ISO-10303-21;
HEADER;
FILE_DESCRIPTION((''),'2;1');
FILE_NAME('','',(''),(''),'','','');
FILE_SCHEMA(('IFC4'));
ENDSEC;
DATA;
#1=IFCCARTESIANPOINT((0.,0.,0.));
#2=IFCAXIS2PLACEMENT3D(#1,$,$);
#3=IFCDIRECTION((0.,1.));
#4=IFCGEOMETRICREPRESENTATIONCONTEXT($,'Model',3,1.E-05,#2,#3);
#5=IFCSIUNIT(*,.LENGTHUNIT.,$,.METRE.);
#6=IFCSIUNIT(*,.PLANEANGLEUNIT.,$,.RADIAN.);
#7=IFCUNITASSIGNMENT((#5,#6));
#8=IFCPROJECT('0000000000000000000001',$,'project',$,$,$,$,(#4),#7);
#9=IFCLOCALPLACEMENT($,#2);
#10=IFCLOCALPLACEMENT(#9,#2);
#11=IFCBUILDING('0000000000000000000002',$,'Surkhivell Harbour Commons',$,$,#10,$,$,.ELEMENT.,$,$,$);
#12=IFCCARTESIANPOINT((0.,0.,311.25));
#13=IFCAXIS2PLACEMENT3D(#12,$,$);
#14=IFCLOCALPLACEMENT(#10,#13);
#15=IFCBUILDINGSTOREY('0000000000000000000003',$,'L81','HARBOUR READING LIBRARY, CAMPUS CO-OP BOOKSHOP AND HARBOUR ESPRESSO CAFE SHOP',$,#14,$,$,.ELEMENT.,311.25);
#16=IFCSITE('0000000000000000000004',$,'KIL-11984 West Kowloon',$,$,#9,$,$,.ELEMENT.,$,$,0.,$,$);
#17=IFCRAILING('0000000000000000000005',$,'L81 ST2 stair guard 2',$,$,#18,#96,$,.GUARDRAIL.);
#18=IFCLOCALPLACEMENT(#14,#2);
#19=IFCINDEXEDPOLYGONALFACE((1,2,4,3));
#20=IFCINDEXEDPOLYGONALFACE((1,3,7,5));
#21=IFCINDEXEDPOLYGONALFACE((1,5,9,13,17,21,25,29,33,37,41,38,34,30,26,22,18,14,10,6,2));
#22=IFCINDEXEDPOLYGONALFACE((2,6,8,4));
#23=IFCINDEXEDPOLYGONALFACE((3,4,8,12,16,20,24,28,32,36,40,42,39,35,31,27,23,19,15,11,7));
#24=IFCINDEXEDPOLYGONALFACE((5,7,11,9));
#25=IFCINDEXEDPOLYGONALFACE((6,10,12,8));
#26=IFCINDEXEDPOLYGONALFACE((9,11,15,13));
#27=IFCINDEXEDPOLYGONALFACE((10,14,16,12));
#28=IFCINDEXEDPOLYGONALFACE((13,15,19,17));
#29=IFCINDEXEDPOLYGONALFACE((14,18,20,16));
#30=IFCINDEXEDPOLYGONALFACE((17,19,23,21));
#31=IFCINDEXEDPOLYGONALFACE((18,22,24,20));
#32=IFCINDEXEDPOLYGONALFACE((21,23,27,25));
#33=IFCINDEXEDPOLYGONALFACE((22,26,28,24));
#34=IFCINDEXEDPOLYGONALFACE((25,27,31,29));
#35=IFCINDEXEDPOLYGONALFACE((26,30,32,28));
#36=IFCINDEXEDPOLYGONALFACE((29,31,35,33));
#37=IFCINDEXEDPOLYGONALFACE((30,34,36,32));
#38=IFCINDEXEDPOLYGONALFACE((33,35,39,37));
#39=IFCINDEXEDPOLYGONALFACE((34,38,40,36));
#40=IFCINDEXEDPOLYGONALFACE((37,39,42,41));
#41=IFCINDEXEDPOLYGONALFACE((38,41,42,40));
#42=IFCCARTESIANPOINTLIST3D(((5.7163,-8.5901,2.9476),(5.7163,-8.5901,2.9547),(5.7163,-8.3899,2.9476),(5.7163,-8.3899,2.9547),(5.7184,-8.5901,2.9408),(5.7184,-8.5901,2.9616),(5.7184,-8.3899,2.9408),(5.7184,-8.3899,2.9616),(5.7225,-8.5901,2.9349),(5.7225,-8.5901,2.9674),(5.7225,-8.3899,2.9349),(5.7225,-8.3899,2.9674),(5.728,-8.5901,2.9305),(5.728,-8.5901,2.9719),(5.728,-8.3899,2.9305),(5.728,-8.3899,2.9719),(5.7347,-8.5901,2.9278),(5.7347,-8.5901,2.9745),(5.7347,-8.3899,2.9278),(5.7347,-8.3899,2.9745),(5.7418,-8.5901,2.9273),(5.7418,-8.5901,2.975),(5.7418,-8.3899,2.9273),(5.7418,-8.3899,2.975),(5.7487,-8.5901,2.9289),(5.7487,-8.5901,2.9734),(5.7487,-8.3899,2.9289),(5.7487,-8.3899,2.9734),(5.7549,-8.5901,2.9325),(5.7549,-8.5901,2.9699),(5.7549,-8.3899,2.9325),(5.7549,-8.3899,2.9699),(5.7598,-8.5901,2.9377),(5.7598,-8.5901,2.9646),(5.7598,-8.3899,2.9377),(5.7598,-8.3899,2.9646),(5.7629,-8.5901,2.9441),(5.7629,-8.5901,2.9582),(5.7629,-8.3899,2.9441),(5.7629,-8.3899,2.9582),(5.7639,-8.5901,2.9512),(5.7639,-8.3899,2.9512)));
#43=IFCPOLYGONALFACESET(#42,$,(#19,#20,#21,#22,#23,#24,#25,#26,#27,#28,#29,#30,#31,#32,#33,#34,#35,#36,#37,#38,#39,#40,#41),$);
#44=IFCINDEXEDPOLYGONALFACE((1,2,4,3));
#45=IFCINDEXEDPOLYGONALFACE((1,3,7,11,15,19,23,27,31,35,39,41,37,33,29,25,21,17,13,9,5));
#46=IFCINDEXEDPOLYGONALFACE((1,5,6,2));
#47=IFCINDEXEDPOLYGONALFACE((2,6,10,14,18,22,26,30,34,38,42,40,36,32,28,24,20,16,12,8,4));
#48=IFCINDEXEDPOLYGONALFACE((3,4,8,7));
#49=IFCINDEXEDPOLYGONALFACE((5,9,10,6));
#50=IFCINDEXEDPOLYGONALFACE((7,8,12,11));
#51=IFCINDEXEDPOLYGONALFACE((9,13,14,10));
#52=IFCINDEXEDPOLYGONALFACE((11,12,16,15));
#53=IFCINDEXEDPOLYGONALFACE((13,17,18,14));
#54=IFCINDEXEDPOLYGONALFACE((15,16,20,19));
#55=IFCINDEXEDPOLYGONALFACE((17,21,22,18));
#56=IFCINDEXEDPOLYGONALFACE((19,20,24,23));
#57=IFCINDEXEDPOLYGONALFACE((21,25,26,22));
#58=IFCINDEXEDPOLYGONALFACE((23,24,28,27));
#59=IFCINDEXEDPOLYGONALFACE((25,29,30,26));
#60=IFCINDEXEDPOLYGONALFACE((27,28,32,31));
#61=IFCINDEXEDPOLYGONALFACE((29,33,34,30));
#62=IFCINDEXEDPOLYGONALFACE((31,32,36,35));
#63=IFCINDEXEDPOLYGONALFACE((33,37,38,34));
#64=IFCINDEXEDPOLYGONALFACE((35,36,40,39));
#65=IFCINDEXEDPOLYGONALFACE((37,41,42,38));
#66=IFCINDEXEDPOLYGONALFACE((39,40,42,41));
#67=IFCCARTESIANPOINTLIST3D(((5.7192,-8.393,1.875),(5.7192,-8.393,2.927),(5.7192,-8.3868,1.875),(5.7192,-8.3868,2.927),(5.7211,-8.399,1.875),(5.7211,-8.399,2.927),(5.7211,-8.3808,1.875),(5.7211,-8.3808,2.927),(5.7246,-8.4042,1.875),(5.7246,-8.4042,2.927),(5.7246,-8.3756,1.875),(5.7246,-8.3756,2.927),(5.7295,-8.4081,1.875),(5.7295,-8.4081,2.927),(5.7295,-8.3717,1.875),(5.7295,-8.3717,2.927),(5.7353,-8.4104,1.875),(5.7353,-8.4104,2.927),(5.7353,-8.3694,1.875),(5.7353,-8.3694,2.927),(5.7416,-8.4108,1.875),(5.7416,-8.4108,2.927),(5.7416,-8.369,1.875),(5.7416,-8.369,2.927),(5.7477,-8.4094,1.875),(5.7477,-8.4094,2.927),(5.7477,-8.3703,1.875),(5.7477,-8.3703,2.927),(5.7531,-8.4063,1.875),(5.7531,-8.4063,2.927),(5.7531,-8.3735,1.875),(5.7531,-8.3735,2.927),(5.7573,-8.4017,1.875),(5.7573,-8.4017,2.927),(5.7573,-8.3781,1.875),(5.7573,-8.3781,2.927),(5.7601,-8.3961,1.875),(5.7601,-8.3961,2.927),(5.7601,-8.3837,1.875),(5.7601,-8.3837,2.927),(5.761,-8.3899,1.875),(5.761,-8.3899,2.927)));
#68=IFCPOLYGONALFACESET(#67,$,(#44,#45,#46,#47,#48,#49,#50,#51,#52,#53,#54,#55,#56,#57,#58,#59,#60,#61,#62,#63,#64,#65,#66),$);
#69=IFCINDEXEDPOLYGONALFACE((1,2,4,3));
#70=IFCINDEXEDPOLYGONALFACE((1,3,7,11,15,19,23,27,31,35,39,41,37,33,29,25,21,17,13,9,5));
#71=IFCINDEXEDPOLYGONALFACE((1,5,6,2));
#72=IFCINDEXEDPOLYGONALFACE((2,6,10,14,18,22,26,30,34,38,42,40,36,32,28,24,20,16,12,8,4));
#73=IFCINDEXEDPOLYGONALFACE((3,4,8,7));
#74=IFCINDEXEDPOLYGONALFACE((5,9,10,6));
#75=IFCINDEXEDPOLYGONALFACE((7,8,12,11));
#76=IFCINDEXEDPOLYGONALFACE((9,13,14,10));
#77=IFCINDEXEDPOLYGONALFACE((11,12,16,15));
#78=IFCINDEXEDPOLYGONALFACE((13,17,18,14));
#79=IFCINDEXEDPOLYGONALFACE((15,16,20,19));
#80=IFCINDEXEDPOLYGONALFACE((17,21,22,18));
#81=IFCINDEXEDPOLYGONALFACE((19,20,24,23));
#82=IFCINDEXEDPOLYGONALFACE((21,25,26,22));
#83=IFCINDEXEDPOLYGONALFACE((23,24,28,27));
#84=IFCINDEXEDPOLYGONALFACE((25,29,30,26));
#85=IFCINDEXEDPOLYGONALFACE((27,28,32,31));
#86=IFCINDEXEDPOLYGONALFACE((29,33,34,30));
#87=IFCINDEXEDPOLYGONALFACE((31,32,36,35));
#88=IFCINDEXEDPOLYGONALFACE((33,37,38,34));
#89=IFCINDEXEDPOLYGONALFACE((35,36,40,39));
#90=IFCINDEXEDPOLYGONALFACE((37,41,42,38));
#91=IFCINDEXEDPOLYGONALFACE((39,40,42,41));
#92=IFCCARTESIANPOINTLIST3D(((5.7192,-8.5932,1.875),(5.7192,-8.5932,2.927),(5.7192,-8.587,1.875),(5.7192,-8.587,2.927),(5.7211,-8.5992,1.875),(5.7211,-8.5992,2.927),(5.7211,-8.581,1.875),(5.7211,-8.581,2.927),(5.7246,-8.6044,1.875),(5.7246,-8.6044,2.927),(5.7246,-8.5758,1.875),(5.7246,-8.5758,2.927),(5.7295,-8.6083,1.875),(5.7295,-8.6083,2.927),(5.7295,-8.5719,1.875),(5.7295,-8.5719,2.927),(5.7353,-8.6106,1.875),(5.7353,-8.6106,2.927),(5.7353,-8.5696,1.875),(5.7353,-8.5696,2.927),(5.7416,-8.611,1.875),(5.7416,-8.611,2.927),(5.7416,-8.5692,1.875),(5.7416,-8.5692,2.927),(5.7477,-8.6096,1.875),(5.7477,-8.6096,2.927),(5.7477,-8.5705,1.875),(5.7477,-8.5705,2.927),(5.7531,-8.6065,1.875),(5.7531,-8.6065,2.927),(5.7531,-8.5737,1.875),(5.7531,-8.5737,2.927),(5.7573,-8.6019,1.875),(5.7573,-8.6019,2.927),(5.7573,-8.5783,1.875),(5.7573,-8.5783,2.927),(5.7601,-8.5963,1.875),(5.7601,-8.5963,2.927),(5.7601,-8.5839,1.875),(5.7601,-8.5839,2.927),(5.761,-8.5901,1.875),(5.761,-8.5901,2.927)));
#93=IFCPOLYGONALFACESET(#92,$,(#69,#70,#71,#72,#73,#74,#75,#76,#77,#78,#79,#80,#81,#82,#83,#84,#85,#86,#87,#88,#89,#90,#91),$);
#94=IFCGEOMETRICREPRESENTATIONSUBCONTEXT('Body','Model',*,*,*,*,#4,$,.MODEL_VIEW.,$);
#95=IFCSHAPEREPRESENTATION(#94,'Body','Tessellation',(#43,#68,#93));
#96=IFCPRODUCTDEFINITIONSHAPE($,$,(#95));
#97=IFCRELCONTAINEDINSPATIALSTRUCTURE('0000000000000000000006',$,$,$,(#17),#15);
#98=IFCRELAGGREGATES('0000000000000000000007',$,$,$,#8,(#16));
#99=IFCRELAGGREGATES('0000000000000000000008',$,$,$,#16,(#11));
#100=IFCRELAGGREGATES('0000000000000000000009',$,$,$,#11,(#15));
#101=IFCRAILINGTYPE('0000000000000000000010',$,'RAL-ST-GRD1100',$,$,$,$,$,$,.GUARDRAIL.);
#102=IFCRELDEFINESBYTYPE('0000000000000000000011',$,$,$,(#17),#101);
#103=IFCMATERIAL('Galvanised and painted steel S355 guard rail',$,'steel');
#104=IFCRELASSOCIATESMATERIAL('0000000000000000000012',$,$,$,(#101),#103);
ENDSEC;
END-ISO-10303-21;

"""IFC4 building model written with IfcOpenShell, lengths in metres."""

from ifc_helpers import new_model, si_unit, direction, frame, origin, origin_2d, place, context, subcontext, project, spatial, circle, extrude, material, type_object, element, save


model = new_model("IFC4")

# Units and contexts
model_context = context("Model", 3, precision=1e-05, world=origin(), true_north=direction((0.0, 1.0)))
body_context = subcontext(model_context, "Body", "Model", "MODEL_VIEW")
ifc_project = project(units=[si_unit("LENGTHUNIT", "METRE"), si_unit("PLANEANGLEUNIT", "RADIAN")], contexts=[model_context])

# Site, building, storey
site_placement = place(None, origin())
site = spatial("IfcSite", under=ifc_project, at=site_placement, Name="KIL-11984 West Kowloon", CompositionType="ELEMENT", RefElevation=0.0)
building_placement = place(site_placement, origin())
building = spatial("IfcBuilding", under=site, at=building_placement, Name="Surkhivell Harbour Commons", CompositionType="ELEMENT")
storey_placement = place(building_placement, frame((0.0, 0.0, 311.25)))
storey = spatial("IfcBuildingStorey", under=building, at=storey_placement, Name="L81", Description="HARBOUR READING LIBRARY, CAMPUS CO-OP BOOKSHOP AND HARBOUR ESPRESSO CAFE SHOP", CompositionType="ELEMENT", Elevation=311.25)

# Railing
ifc_material_1 = material(Name="Galvanised and painted steel S355 guard rail", Category="steel")
railing_type_1 = type_object("IfcRailingType", Name="RAL-ST-GRD1100", PredefinedType="GUARDRAIL", material=ifc_material_1)
railing_1_placement = place(storey_placement, frame((5.74, -8.3899, 1.875)))
element("IfcRailing", 1, at=railing_1_placement, inside=storey, type_object=railing_type_1, Name="L81 ST2 stair guard 2", PredefinedType="GUARDRAIL", context=body_context, shape_type="SweptSolid", body=[
    extrude(circle(Radius=0.0239, at=origin_2d()), frame((0.0, 0.0, 1.0762), z_axis=(0.0, -1.0, 0.0), x_axis=(1.0, 0.0, 0.0)), (0.0, 0.0, 1.0), 0.2002),
    extrude(circle(Radius=0.021, at=origin_2d()), origin(), (0.0, 0.0, 1.0), 1.052),
    extrude(circle(Radius=0.021, at=origin_2d()), frame((0.0, -0.2002, 0.0)), (0.0, 0.0, 1.0), 1.052),
])

save(model, "model.ifc")
